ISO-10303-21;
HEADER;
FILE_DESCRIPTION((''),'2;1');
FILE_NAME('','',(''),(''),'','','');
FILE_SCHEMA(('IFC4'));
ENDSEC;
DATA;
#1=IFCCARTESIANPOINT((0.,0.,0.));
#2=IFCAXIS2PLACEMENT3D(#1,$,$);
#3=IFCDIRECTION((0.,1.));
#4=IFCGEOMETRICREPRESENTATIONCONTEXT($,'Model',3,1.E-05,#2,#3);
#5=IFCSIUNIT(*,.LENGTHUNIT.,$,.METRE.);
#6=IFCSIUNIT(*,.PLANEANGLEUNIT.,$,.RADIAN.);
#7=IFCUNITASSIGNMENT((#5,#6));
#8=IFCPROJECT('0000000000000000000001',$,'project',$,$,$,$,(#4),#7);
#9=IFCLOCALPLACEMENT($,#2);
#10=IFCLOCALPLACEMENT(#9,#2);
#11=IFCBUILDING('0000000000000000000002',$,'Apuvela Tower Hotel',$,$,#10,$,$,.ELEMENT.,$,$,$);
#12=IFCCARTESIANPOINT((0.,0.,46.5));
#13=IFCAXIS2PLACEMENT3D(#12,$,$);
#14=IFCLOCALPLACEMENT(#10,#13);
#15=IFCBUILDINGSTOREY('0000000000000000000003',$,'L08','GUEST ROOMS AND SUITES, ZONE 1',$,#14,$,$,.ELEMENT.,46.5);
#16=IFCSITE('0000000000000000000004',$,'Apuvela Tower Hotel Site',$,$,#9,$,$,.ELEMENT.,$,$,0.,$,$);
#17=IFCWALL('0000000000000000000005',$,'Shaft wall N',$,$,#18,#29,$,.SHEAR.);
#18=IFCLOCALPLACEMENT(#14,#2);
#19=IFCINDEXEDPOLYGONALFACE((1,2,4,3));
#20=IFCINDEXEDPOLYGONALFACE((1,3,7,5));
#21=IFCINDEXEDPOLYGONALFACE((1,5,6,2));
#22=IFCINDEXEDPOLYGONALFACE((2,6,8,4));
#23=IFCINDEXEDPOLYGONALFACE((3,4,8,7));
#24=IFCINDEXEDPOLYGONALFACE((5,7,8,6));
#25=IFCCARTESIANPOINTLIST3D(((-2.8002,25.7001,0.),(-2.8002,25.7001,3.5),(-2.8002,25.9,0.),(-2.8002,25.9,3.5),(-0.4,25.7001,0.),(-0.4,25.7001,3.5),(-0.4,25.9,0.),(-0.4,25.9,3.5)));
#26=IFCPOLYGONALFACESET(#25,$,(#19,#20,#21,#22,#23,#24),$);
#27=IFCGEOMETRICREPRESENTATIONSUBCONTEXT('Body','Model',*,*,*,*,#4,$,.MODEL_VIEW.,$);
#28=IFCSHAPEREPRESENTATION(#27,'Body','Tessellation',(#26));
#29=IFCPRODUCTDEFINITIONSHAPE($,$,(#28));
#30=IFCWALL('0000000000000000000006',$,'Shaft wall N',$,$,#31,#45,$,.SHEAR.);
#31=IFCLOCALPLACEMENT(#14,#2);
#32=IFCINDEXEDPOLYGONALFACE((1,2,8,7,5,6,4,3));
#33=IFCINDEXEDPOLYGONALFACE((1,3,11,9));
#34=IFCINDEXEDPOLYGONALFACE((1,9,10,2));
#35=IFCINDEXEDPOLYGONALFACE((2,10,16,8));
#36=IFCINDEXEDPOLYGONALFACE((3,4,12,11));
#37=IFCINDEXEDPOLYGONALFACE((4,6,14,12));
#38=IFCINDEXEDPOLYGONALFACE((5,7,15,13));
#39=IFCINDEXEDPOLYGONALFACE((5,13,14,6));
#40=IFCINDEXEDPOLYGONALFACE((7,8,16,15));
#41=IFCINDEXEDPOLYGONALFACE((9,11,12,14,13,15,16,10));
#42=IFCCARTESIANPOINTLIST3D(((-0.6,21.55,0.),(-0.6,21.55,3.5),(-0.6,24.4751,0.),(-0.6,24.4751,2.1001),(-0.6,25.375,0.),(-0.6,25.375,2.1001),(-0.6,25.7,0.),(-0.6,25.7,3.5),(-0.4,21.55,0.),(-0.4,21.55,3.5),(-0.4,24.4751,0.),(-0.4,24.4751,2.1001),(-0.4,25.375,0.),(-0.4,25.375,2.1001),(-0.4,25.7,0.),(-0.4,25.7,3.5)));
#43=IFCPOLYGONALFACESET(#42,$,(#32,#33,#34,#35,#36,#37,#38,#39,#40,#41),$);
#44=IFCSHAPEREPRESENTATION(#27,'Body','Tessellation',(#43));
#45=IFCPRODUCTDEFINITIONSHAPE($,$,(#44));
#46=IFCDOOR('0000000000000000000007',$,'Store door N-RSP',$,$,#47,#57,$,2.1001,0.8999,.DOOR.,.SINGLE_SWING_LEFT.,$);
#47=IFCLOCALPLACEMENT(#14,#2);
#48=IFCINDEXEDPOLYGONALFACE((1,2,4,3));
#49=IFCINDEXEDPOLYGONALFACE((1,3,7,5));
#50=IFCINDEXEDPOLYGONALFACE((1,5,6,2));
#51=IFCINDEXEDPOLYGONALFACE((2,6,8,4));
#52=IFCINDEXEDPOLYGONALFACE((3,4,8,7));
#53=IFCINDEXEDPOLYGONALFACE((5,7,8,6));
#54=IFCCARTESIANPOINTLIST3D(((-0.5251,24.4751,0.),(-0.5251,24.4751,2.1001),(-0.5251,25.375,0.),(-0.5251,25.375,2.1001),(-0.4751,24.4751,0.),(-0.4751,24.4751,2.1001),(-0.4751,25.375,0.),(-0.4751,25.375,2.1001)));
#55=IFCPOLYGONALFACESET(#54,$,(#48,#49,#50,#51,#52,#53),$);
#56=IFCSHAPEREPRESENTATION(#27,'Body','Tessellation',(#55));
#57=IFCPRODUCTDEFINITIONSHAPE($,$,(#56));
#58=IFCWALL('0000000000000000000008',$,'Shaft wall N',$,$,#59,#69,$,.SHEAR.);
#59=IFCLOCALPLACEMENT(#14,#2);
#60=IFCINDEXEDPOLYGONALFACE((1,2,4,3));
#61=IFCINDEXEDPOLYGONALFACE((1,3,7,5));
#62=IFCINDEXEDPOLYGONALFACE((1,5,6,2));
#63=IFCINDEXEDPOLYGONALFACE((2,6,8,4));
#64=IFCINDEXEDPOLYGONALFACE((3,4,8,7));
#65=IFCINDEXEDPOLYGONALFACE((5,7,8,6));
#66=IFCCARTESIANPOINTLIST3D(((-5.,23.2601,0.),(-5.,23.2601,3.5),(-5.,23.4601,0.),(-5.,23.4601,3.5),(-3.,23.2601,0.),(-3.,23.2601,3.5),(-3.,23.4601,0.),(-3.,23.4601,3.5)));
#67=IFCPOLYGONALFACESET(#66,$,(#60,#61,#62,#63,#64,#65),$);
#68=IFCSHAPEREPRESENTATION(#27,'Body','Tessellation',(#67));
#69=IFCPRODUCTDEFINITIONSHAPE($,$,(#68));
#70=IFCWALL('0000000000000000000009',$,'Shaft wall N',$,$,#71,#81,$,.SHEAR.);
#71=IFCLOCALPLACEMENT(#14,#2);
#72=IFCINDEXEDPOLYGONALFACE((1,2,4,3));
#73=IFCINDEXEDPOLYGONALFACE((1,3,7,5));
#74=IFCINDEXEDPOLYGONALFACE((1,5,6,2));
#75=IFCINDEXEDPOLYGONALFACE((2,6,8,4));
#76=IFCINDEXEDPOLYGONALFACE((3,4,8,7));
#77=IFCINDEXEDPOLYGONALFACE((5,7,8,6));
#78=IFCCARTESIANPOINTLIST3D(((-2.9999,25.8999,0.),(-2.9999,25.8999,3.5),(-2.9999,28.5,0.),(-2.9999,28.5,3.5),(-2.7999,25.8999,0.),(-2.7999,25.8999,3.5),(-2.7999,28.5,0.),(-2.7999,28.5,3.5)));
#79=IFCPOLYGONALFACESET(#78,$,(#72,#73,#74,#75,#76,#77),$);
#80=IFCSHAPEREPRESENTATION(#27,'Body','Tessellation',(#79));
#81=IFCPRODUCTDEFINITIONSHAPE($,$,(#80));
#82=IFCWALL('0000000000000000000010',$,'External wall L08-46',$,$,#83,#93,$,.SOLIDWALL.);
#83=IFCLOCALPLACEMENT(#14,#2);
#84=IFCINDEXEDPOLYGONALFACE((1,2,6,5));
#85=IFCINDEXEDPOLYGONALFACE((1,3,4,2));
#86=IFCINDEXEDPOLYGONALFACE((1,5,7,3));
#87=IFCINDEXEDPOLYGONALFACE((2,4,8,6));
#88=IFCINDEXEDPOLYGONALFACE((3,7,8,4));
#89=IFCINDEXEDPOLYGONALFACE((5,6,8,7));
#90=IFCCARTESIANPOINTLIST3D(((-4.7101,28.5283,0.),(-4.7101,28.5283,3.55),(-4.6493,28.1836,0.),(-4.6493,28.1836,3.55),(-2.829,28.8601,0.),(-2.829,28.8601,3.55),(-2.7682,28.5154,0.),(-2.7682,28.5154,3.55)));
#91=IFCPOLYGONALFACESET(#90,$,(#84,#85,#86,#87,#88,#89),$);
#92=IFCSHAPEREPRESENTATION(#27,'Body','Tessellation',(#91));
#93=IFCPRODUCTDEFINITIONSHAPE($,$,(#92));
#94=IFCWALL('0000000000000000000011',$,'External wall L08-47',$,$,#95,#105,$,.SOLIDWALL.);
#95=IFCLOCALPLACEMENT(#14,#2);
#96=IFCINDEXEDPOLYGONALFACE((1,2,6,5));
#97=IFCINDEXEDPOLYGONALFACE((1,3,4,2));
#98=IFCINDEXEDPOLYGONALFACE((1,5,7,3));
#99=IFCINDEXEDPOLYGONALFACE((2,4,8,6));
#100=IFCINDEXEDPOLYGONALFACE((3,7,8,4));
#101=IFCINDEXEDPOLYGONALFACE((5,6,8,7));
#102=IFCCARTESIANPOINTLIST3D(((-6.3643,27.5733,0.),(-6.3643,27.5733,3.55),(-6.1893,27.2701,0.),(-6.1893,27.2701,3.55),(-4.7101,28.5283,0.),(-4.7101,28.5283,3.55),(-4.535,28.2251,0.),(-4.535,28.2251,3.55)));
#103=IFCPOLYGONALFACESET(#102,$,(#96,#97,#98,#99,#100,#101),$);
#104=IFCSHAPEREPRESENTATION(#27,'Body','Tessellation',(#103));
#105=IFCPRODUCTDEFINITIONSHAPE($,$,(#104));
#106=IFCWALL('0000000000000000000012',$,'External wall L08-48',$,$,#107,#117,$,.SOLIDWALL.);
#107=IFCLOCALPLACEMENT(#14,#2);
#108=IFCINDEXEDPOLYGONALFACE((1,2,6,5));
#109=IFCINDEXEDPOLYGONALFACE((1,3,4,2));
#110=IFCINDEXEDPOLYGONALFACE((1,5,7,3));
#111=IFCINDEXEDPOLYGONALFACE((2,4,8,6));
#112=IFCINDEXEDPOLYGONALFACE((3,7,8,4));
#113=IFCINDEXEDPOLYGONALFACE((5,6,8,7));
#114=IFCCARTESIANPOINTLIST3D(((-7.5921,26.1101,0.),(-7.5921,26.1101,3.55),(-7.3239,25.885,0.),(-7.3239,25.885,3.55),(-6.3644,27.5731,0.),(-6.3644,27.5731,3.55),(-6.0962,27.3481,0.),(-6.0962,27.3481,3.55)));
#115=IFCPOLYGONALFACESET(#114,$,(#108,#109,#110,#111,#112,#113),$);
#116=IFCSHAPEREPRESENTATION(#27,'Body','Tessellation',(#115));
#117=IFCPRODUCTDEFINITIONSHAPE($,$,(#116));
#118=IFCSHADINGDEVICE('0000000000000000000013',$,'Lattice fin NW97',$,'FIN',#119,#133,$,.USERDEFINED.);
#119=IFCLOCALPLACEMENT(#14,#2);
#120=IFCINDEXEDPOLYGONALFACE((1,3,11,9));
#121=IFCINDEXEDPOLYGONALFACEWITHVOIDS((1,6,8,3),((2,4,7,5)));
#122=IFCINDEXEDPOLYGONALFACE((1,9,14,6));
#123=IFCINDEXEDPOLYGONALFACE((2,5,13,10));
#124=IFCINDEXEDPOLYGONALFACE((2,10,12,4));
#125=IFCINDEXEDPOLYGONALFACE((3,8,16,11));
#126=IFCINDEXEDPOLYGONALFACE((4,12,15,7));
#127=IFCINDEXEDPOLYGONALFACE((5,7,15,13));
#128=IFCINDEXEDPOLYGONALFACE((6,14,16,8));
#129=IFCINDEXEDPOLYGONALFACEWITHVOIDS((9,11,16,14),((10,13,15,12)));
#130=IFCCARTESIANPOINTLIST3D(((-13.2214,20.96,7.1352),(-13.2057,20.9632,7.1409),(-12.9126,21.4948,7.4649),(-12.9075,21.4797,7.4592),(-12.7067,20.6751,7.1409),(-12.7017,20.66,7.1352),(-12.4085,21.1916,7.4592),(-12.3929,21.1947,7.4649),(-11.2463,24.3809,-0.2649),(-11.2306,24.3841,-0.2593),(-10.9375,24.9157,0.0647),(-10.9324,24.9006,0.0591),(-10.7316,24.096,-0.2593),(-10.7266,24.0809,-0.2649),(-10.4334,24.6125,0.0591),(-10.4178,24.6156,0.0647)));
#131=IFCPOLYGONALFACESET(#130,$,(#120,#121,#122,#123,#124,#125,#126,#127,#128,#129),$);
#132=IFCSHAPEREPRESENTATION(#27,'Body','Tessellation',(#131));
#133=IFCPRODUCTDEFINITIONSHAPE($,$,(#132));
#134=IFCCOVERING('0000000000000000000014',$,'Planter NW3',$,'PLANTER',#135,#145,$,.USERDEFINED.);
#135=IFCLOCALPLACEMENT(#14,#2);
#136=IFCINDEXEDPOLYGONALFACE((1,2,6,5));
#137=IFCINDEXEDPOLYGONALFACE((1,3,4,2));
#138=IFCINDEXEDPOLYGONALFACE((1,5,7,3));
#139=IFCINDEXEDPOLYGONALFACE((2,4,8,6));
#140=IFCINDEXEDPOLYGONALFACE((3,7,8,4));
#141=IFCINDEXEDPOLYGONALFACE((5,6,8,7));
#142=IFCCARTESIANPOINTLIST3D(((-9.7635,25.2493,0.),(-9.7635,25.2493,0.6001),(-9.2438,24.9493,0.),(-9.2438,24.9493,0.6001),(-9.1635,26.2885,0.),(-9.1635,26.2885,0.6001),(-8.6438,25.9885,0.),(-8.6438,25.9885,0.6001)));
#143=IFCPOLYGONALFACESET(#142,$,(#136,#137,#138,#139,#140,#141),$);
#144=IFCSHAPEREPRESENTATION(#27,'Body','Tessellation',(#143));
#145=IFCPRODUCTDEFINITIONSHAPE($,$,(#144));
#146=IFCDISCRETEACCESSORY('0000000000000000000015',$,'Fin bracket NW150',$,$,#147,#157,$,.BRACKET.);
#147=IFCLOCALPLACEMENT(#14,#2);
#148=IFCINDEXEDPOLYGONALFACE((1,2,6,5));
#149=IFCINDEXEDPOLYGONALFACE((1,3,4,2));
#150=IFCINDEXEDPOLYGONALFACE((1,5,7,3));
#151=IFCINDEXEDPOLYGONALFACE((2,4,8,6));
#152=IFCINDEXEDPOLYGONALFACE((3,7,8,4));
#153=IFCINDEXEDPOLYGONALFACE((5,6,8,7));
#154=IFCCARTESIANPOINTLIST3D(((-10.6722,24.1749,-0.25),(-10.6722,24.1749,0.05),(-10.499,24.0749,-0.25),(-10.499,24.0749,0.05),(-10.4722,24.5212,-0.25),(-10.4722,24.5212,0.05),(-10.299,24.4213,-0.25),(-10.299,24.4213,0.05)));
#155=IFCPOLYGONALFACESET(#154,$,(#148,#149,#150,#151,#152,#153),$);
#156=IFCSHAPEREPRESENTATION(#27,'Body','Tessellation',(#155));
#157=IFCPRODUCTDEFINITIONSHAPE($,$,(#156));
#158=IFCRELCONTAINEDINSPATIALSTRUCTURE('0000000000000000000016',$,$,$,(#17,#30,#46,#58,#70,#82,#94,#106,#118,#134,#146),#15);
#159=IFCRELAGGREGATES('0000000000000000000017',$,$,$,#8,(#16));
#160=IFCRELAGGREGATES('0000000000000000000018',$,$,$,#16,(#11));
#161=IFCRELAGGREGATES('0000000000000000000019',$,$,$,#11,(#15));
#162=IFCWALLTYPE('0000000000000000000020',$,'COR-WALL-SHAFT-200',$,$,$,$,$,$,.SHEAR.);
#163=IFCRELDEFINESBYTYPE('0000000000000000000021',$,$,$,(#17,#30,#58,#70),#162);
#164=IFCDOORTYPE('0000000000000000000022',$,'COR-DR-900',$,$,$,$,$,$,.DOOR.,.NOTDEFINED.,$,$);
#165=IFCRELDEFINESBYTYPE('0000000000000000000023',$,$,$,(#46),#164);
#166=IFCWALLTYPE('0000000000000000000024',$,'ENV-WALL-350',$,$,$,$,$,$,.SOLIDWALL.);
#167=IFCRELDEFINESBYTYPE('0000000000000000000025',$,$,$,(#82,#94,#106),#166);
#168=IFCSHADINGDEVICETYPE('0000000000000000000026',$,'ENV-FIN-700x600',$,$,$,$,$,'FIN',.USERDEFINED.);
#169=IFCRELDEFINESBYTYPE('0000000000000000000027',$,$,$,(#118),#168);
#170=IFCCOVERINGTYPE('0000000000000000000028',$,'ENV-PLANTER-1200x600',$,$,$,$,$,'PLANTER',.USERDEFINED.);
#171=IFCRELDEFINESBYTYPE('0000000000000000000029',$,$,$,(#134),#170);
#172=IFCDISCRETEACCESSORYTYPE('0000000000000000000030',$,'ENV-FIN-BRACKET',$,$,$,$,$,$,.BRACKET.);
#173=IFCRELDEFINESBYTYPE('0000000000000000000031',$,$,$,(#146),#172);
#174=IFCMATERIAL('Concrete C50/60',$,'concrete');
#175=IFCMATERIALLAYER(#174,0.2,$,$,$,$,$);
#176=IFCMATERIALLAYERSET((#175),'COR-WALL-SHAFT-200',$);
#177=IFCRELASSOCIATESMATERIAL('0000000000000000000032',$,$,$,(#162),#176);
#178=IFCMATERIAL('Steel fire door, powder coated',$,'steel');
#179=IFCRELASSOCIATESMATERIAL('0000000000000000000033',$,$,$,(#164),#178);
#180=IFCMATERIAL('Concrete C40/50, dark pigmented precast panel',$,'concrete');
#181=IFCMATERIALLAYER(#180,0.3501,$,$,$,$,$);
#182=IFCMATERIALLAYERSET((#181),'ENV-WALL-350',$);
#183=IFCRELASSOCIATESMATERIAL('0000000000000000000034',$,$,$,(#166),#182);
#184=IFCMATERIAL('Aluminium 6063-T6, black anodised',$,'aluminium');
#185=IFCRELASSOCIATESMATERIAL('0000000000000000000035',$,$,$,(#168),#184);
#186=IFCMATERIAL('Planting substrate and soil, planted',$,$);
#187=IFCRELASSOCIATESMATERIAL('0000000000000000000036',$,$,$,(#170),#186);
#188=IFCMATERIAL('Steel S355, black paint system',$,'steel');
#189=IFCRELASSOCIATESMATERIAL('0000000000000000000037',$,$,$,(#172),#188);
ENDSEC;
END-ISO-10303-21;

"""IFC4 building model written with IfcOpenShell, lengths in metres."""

from ifc_helpers import new_model, si_unit, direction, frame, frame_2d, origin, origin_2d, place, context, subcontext, project, spatial, rectangle, hollow_rectangle, extrude, material, layer, layer_set, material_profile, profile_set, type_object, element, fill, save


model = new_model("IFC4")

# Units and contexts
model_context = context("Model", 3, precision=1e-05, world=origin(), true_north=direction((0.0, 1.0)))
body_context = subcontext(model_context, "Body", "Model", "MODEL_VIEW")
ifc_project = project(units=[si_unit("LENGTHUNIT", "METRE"), si_unit("PLANEANGLEUNIT", "RADIAN")], contexts=[model_context])

# Site, building, storey
site_placement = place(None, origin())
site = spatial("IfcSite", under=ifc_project, at=site_placement, Name="Apuvela Tower Hotel Site", CompositionType="ELEMENT", RefElevation=0.0)
building_placement = place(site_placement, origin())
building = spatial("IfcBuilding", under=site, at=building_placement, Name="Apuvela Tower Hotel", CompositionType="ELEMENT")
storey_placement = place(building_placement, frame((0.0, 0.0, 46.5)))
storey = spatial("IfcBuildingStorey", under=building, at=storey_placement, Name="L08", Description="GUEST ROOMS AND SUITES, ZONE 1", CompositionType="ELEMENT", Elevation=46.5)

# Wall
ifc_material_1 = material(Name="Concrete C50/60", Category="concrete")
ifc_layer_1 = layer(ifc_material_1, 0.2)
ifc_layer_set_1 = layer_set([ifc_layer_1], Name="COR-WALL-SHAFT-200")
wall_type_1 = type_object("IfcWallType", Name="COR-WALL-SHAFT-200", PredefinedType="SHEAR", material=ifc_layer_set_1)
wall_1_placement = place(storey_placement, frame((-0.3999, 25.8, 0.0), z_axis=(0.0, 0.0, 1.0), x_axis=(-1.0, 0.0, 0.0)))
element("IfcWall", 1, at=wall_1_placement, inside=storey, type_object=wall_type_1, Name="Shaft wall N", PredefinedType="SHEAR", context=body_context, shape_type="SweptSolid", body=[
    extrude(rectangle(XDim=2.4001, YDim=0.2, at=frame_2d((1.2002, 0.0))), origin(), (0.0, 0.0, 1.0), 3.5),
])

# Wall, opening, door
wall_2_placement = place(storey_placement, frame((-0.5, 21.55, 0.0), z_axis=(0.0, 0.0, 1.0), x_axis=(0.0, 1.0, 0.0)))
wall_2 = element("IfcWall", 2, at=wall_2_placement, inside=storey, type_object=wall_type_1, Name="Shaft wall N", PredefinedType="SHEAR", context=body_context, shape_type="SweptSolid", body=[
    extrude(rectangle(XDim=4.1499, YDim=0.2, at=frame_2d((2.075, 0.0))), origin(), (0.0, 0.0, 1.0), 3.5),
])
opening_1_placement = place(wall_2_placement, frame((2.925, 0.0, 0.0)))
opening_1 = element("IfcOpeningElement", 3, at=opening_1_placement, cuts=wall_2, PredefinedType="OPENING", context=body_context, shape_type="SweptSolid", body=[
    extrude(rectangle(XDim=0.8999, YDim=2.1001, at=frame_2d((0.45, 1.05))), frame((0.0, 0.1099, 0.0), z_axis=(0.0, -1.0, 0.0), x_axis=(1.0, 0.0, 0.0)), (0.0, 0.0, 1.0), 0.22),
])
ifc_material_2 = material(Name="Steel fire door, powder coated", Category="steel")
door_type_1 = type_object("IfcDoorType", Name="COR-DR-900", OperationType="NOTDEFINED", PredefinedType="DOOR", material=ifc_material_2)
door_1_placement = place(opening_1_placement, frame((0.8999, 0.0, 0.0), z_axis=(0.0, 0.0, 1.0), x_axis=(-1.0, 0.0, 0.0)))
door_1 = element("IfcDoor", 4, at=door_1_placement, inside=storey, type_object=door_type_1, Name="Store door N-RSP", OperationType="SINGLE_SWING_LEFT", OverallHeight=2.1001, OverallWidth=0.8999, PredefinedType="DOOR", context=body_context, shape_type="SweptSolid", body=[
    extrude(rectangle(XDim=0.8999, YDim=2.1001, at=frame_2d((0.45, 1.05))), frame((0.0, 0.0249, 0.0), z_axis=(0.0, -1.0, 0.0), x_axis=(1.0, 0.0, 0.0)), (0.0, 0.0, 1.0), 0.05),
])
fill(opening_1, door_1)

# Walls
wall_3_placement = place(storey_placement, frame((-3.0, 23.3601, 0.0), z_axis=(0.0, 0.0, 1.0), x_axis=(-1.0, 0.0, 0.0)))
element("IfcWall", 5, at=wall_3_placement, inside=storey, type_object=wall_type_1, Name="Shaft wall N", PredefinedType="SHEAR", context=body_context, shape_type="SweptSolid", body=[
    extrude(rectangle(XDim=2.0, YDim=0.2, at=frame_2d((1.0, 0.0))), origin(), (0.0, 0.0, 1.0), 3.5),
])
wall_4_placement = place(storey_placement, frame((-2.8999, 25.8999, 0.0), z_axis=(0.0, 0.0, 1.0), x_axis=(0.0, 1.0, 0.0)))
element("IfcWall", 6, at=wall_4_placement, inside=storey, type_object=wall_type_1, Name="Shaft wall N", PredefinedType="SHEAR", context=body_context, shape_type="SweptSolid", body=[
    extrude(rectangle(XDim=2.6001, YDim=0.2, at=frame_2d((1.3, 0.0))), origin(), (0.0, 0.0, 1.0), 3.5),
])

# Shared definitions
ifc_material_3 = material(Name="Concrete C40/50, dark pigmented precast panel", Category="concrete")
ifc_layer_2 = layer(ifc_material_3, 0.3501)
ifc_layer_set_2 = layer_set([ifc_layer_2], Name="ENV-WALL-350")
wall_type_2 = type_object("IfcWallType", Name="ENV-WALL-350", PredefinedType="SOLIDWALL", material=ifc_layer_set_2)

# Walls
for number, where, z_axis, x_axis, name in (
    (7, (-2.7986, 28.6877, 0.0), (0.0, 0.0, 1.0), (-0.984799, -0.173698, 0.0), "External wall L08-46"),
    (8, (-4.6226, 28.3767, 0.0), (0.0, 0.0, 1.0), (-0.866032, -0.499988, 0.0), "External wall L08-47"),
):
    element("IfcWall", number, at=place(storey_placement, frame(where, z_axis=z_axis, x_axis=x_axis)), inside=storey, type_object=wall_type_2, Name=name, PredefinedType="SOLIDWALL", context=body_context, shape_type="SweptSolid", body=[
        extrude(rectangle(XDim=1.9102, YDim=0.3501, at=frame_2d((0.9551, 0.0))), origin(), (0.0, 0.0, 1.0), 3.55),
    ])
wall_5_placement = place(storey_placement, frame((-6.2302, 27.4607, 0.0), z_axis=(0.0, 0.0, 1.0), x_axis=(-0.642808, -0.766027, 0.0)))
element("IfcWall", 9, at=wall_5_placement, inside=storey, type_object=wall_type_2, Name="External wall L08-48", PredefinedType="SOLIDWALL", context=body_context, shape_type="SweptSolid", body=[
    extrude(rectangle(XDim=1.9099, YDim=0.3501, at=frame_2d((0.9551, 0.0))), origin(), (0.0, 0.0, 1.0), 3.55),
])

# Shading device
ifc_material_4 = material(Name="Aluminium 6063-T6, black anodised", Category="aluminium")
ifc_material_profile_1 = material_profile(ifc_material_4, hollow_rectangle(XDim=0.6001, YDim=0.7, WallThickness=0.012, at=origin_2d()), Name="AL BOX 700x600x12")
ifc_profile_set_1 = profile_set([ifc_material_profile_1], Name="Aluminium 6063-T6, black anodised")
shading_device_type = type_object("IfcShadingDeviceType", Name="ENV-FIN-700x600", ElementType="FIN", PredefinedType="USERDEFINED", material=ifc_profile_set_1)
shading_device_placement = place(storey_placement, frame((-10.832, 24.4983, -0.1001), z_axis=(-0.235455, -0.407812, 0.882185), x_axis=(0.866021, -0.500008, 0.0)))
element("IfcShadingDevice", 10, at=shading_device_placement, inside=storey, type_object=shading_device_type, Name="Lattice fin NW97", ObjectType="FIN", PredefinedType="USERDEFINED", context=body_context, shape_type="SweptSolid", body=[
    extrude(hollow_rectangle(XDim=0.6001, YDim=0.7, WallThickness=0.012, at=origin_2d()), origin(), (0.0, 0.0, 1.0), 8.3884),
])

# Covering
ifc_material_5 = material(Name="Planting substrate and soil, planted")
covering_type = type_object("IfcCoveringType", Name="ENV-PLANTER-1200x600", ElementType="PLANTER", PredefinedType="USERDEFINED", material=ifc_material_5)
covering_placement = place(storey_placement, frame((-9.2036, 25.6189, 0.0), z_axis=(0.0, 0.0, 1.0), x_axis=(-0.5, -0.866025, 0.0)))
element("IfcCovering", 11, at=covering_placement, inside=storey, type_object=covering_type, Name="Planter NW3", ObjectType="PLANTER", PredefinedType="USERDEFINED", context=body_context, shape_type="SweptSolid", body=[
    extrude(rectangle(XDim=1.2, YDim=0.6001, at=origin_2d()), origin(), (0.0, 0.0, 1.0), 0.6001),
])

# Discrete accessory
ifc_material_6 = material(Name="Steel S355, black paint system", Category="steel")
discrete_accessory_type = type_object("IfcDiscreteAccessoryType", Name="ENV-FIN-BRACKET", PredefinedType="BRACKET", material=ifc_material_6)
discrete_accessory_placement = place(storey_placement, frame((-10.4856, 24.2981, -0.25), z_axis=(0.0, 0.0, 1.0), x_axis=(-0.5, -0.866025, 0.0)))
element("IfcDiscreteAccessory", 12, at=discrete_accessory_placement, inside=storey, type_object=discrete_accessory_type, Name="Fin bracket NW150", PredefinedType="BRACKET", context=body_context, shape_type="SweptSolid", body=[
    extrude(rectangle(XDim=0.3999, YDim=0.2, at=origin_2d()), origin(), (0.0, 0.0, 1.0), 0.3),
])

save(model, "model.ifc")
